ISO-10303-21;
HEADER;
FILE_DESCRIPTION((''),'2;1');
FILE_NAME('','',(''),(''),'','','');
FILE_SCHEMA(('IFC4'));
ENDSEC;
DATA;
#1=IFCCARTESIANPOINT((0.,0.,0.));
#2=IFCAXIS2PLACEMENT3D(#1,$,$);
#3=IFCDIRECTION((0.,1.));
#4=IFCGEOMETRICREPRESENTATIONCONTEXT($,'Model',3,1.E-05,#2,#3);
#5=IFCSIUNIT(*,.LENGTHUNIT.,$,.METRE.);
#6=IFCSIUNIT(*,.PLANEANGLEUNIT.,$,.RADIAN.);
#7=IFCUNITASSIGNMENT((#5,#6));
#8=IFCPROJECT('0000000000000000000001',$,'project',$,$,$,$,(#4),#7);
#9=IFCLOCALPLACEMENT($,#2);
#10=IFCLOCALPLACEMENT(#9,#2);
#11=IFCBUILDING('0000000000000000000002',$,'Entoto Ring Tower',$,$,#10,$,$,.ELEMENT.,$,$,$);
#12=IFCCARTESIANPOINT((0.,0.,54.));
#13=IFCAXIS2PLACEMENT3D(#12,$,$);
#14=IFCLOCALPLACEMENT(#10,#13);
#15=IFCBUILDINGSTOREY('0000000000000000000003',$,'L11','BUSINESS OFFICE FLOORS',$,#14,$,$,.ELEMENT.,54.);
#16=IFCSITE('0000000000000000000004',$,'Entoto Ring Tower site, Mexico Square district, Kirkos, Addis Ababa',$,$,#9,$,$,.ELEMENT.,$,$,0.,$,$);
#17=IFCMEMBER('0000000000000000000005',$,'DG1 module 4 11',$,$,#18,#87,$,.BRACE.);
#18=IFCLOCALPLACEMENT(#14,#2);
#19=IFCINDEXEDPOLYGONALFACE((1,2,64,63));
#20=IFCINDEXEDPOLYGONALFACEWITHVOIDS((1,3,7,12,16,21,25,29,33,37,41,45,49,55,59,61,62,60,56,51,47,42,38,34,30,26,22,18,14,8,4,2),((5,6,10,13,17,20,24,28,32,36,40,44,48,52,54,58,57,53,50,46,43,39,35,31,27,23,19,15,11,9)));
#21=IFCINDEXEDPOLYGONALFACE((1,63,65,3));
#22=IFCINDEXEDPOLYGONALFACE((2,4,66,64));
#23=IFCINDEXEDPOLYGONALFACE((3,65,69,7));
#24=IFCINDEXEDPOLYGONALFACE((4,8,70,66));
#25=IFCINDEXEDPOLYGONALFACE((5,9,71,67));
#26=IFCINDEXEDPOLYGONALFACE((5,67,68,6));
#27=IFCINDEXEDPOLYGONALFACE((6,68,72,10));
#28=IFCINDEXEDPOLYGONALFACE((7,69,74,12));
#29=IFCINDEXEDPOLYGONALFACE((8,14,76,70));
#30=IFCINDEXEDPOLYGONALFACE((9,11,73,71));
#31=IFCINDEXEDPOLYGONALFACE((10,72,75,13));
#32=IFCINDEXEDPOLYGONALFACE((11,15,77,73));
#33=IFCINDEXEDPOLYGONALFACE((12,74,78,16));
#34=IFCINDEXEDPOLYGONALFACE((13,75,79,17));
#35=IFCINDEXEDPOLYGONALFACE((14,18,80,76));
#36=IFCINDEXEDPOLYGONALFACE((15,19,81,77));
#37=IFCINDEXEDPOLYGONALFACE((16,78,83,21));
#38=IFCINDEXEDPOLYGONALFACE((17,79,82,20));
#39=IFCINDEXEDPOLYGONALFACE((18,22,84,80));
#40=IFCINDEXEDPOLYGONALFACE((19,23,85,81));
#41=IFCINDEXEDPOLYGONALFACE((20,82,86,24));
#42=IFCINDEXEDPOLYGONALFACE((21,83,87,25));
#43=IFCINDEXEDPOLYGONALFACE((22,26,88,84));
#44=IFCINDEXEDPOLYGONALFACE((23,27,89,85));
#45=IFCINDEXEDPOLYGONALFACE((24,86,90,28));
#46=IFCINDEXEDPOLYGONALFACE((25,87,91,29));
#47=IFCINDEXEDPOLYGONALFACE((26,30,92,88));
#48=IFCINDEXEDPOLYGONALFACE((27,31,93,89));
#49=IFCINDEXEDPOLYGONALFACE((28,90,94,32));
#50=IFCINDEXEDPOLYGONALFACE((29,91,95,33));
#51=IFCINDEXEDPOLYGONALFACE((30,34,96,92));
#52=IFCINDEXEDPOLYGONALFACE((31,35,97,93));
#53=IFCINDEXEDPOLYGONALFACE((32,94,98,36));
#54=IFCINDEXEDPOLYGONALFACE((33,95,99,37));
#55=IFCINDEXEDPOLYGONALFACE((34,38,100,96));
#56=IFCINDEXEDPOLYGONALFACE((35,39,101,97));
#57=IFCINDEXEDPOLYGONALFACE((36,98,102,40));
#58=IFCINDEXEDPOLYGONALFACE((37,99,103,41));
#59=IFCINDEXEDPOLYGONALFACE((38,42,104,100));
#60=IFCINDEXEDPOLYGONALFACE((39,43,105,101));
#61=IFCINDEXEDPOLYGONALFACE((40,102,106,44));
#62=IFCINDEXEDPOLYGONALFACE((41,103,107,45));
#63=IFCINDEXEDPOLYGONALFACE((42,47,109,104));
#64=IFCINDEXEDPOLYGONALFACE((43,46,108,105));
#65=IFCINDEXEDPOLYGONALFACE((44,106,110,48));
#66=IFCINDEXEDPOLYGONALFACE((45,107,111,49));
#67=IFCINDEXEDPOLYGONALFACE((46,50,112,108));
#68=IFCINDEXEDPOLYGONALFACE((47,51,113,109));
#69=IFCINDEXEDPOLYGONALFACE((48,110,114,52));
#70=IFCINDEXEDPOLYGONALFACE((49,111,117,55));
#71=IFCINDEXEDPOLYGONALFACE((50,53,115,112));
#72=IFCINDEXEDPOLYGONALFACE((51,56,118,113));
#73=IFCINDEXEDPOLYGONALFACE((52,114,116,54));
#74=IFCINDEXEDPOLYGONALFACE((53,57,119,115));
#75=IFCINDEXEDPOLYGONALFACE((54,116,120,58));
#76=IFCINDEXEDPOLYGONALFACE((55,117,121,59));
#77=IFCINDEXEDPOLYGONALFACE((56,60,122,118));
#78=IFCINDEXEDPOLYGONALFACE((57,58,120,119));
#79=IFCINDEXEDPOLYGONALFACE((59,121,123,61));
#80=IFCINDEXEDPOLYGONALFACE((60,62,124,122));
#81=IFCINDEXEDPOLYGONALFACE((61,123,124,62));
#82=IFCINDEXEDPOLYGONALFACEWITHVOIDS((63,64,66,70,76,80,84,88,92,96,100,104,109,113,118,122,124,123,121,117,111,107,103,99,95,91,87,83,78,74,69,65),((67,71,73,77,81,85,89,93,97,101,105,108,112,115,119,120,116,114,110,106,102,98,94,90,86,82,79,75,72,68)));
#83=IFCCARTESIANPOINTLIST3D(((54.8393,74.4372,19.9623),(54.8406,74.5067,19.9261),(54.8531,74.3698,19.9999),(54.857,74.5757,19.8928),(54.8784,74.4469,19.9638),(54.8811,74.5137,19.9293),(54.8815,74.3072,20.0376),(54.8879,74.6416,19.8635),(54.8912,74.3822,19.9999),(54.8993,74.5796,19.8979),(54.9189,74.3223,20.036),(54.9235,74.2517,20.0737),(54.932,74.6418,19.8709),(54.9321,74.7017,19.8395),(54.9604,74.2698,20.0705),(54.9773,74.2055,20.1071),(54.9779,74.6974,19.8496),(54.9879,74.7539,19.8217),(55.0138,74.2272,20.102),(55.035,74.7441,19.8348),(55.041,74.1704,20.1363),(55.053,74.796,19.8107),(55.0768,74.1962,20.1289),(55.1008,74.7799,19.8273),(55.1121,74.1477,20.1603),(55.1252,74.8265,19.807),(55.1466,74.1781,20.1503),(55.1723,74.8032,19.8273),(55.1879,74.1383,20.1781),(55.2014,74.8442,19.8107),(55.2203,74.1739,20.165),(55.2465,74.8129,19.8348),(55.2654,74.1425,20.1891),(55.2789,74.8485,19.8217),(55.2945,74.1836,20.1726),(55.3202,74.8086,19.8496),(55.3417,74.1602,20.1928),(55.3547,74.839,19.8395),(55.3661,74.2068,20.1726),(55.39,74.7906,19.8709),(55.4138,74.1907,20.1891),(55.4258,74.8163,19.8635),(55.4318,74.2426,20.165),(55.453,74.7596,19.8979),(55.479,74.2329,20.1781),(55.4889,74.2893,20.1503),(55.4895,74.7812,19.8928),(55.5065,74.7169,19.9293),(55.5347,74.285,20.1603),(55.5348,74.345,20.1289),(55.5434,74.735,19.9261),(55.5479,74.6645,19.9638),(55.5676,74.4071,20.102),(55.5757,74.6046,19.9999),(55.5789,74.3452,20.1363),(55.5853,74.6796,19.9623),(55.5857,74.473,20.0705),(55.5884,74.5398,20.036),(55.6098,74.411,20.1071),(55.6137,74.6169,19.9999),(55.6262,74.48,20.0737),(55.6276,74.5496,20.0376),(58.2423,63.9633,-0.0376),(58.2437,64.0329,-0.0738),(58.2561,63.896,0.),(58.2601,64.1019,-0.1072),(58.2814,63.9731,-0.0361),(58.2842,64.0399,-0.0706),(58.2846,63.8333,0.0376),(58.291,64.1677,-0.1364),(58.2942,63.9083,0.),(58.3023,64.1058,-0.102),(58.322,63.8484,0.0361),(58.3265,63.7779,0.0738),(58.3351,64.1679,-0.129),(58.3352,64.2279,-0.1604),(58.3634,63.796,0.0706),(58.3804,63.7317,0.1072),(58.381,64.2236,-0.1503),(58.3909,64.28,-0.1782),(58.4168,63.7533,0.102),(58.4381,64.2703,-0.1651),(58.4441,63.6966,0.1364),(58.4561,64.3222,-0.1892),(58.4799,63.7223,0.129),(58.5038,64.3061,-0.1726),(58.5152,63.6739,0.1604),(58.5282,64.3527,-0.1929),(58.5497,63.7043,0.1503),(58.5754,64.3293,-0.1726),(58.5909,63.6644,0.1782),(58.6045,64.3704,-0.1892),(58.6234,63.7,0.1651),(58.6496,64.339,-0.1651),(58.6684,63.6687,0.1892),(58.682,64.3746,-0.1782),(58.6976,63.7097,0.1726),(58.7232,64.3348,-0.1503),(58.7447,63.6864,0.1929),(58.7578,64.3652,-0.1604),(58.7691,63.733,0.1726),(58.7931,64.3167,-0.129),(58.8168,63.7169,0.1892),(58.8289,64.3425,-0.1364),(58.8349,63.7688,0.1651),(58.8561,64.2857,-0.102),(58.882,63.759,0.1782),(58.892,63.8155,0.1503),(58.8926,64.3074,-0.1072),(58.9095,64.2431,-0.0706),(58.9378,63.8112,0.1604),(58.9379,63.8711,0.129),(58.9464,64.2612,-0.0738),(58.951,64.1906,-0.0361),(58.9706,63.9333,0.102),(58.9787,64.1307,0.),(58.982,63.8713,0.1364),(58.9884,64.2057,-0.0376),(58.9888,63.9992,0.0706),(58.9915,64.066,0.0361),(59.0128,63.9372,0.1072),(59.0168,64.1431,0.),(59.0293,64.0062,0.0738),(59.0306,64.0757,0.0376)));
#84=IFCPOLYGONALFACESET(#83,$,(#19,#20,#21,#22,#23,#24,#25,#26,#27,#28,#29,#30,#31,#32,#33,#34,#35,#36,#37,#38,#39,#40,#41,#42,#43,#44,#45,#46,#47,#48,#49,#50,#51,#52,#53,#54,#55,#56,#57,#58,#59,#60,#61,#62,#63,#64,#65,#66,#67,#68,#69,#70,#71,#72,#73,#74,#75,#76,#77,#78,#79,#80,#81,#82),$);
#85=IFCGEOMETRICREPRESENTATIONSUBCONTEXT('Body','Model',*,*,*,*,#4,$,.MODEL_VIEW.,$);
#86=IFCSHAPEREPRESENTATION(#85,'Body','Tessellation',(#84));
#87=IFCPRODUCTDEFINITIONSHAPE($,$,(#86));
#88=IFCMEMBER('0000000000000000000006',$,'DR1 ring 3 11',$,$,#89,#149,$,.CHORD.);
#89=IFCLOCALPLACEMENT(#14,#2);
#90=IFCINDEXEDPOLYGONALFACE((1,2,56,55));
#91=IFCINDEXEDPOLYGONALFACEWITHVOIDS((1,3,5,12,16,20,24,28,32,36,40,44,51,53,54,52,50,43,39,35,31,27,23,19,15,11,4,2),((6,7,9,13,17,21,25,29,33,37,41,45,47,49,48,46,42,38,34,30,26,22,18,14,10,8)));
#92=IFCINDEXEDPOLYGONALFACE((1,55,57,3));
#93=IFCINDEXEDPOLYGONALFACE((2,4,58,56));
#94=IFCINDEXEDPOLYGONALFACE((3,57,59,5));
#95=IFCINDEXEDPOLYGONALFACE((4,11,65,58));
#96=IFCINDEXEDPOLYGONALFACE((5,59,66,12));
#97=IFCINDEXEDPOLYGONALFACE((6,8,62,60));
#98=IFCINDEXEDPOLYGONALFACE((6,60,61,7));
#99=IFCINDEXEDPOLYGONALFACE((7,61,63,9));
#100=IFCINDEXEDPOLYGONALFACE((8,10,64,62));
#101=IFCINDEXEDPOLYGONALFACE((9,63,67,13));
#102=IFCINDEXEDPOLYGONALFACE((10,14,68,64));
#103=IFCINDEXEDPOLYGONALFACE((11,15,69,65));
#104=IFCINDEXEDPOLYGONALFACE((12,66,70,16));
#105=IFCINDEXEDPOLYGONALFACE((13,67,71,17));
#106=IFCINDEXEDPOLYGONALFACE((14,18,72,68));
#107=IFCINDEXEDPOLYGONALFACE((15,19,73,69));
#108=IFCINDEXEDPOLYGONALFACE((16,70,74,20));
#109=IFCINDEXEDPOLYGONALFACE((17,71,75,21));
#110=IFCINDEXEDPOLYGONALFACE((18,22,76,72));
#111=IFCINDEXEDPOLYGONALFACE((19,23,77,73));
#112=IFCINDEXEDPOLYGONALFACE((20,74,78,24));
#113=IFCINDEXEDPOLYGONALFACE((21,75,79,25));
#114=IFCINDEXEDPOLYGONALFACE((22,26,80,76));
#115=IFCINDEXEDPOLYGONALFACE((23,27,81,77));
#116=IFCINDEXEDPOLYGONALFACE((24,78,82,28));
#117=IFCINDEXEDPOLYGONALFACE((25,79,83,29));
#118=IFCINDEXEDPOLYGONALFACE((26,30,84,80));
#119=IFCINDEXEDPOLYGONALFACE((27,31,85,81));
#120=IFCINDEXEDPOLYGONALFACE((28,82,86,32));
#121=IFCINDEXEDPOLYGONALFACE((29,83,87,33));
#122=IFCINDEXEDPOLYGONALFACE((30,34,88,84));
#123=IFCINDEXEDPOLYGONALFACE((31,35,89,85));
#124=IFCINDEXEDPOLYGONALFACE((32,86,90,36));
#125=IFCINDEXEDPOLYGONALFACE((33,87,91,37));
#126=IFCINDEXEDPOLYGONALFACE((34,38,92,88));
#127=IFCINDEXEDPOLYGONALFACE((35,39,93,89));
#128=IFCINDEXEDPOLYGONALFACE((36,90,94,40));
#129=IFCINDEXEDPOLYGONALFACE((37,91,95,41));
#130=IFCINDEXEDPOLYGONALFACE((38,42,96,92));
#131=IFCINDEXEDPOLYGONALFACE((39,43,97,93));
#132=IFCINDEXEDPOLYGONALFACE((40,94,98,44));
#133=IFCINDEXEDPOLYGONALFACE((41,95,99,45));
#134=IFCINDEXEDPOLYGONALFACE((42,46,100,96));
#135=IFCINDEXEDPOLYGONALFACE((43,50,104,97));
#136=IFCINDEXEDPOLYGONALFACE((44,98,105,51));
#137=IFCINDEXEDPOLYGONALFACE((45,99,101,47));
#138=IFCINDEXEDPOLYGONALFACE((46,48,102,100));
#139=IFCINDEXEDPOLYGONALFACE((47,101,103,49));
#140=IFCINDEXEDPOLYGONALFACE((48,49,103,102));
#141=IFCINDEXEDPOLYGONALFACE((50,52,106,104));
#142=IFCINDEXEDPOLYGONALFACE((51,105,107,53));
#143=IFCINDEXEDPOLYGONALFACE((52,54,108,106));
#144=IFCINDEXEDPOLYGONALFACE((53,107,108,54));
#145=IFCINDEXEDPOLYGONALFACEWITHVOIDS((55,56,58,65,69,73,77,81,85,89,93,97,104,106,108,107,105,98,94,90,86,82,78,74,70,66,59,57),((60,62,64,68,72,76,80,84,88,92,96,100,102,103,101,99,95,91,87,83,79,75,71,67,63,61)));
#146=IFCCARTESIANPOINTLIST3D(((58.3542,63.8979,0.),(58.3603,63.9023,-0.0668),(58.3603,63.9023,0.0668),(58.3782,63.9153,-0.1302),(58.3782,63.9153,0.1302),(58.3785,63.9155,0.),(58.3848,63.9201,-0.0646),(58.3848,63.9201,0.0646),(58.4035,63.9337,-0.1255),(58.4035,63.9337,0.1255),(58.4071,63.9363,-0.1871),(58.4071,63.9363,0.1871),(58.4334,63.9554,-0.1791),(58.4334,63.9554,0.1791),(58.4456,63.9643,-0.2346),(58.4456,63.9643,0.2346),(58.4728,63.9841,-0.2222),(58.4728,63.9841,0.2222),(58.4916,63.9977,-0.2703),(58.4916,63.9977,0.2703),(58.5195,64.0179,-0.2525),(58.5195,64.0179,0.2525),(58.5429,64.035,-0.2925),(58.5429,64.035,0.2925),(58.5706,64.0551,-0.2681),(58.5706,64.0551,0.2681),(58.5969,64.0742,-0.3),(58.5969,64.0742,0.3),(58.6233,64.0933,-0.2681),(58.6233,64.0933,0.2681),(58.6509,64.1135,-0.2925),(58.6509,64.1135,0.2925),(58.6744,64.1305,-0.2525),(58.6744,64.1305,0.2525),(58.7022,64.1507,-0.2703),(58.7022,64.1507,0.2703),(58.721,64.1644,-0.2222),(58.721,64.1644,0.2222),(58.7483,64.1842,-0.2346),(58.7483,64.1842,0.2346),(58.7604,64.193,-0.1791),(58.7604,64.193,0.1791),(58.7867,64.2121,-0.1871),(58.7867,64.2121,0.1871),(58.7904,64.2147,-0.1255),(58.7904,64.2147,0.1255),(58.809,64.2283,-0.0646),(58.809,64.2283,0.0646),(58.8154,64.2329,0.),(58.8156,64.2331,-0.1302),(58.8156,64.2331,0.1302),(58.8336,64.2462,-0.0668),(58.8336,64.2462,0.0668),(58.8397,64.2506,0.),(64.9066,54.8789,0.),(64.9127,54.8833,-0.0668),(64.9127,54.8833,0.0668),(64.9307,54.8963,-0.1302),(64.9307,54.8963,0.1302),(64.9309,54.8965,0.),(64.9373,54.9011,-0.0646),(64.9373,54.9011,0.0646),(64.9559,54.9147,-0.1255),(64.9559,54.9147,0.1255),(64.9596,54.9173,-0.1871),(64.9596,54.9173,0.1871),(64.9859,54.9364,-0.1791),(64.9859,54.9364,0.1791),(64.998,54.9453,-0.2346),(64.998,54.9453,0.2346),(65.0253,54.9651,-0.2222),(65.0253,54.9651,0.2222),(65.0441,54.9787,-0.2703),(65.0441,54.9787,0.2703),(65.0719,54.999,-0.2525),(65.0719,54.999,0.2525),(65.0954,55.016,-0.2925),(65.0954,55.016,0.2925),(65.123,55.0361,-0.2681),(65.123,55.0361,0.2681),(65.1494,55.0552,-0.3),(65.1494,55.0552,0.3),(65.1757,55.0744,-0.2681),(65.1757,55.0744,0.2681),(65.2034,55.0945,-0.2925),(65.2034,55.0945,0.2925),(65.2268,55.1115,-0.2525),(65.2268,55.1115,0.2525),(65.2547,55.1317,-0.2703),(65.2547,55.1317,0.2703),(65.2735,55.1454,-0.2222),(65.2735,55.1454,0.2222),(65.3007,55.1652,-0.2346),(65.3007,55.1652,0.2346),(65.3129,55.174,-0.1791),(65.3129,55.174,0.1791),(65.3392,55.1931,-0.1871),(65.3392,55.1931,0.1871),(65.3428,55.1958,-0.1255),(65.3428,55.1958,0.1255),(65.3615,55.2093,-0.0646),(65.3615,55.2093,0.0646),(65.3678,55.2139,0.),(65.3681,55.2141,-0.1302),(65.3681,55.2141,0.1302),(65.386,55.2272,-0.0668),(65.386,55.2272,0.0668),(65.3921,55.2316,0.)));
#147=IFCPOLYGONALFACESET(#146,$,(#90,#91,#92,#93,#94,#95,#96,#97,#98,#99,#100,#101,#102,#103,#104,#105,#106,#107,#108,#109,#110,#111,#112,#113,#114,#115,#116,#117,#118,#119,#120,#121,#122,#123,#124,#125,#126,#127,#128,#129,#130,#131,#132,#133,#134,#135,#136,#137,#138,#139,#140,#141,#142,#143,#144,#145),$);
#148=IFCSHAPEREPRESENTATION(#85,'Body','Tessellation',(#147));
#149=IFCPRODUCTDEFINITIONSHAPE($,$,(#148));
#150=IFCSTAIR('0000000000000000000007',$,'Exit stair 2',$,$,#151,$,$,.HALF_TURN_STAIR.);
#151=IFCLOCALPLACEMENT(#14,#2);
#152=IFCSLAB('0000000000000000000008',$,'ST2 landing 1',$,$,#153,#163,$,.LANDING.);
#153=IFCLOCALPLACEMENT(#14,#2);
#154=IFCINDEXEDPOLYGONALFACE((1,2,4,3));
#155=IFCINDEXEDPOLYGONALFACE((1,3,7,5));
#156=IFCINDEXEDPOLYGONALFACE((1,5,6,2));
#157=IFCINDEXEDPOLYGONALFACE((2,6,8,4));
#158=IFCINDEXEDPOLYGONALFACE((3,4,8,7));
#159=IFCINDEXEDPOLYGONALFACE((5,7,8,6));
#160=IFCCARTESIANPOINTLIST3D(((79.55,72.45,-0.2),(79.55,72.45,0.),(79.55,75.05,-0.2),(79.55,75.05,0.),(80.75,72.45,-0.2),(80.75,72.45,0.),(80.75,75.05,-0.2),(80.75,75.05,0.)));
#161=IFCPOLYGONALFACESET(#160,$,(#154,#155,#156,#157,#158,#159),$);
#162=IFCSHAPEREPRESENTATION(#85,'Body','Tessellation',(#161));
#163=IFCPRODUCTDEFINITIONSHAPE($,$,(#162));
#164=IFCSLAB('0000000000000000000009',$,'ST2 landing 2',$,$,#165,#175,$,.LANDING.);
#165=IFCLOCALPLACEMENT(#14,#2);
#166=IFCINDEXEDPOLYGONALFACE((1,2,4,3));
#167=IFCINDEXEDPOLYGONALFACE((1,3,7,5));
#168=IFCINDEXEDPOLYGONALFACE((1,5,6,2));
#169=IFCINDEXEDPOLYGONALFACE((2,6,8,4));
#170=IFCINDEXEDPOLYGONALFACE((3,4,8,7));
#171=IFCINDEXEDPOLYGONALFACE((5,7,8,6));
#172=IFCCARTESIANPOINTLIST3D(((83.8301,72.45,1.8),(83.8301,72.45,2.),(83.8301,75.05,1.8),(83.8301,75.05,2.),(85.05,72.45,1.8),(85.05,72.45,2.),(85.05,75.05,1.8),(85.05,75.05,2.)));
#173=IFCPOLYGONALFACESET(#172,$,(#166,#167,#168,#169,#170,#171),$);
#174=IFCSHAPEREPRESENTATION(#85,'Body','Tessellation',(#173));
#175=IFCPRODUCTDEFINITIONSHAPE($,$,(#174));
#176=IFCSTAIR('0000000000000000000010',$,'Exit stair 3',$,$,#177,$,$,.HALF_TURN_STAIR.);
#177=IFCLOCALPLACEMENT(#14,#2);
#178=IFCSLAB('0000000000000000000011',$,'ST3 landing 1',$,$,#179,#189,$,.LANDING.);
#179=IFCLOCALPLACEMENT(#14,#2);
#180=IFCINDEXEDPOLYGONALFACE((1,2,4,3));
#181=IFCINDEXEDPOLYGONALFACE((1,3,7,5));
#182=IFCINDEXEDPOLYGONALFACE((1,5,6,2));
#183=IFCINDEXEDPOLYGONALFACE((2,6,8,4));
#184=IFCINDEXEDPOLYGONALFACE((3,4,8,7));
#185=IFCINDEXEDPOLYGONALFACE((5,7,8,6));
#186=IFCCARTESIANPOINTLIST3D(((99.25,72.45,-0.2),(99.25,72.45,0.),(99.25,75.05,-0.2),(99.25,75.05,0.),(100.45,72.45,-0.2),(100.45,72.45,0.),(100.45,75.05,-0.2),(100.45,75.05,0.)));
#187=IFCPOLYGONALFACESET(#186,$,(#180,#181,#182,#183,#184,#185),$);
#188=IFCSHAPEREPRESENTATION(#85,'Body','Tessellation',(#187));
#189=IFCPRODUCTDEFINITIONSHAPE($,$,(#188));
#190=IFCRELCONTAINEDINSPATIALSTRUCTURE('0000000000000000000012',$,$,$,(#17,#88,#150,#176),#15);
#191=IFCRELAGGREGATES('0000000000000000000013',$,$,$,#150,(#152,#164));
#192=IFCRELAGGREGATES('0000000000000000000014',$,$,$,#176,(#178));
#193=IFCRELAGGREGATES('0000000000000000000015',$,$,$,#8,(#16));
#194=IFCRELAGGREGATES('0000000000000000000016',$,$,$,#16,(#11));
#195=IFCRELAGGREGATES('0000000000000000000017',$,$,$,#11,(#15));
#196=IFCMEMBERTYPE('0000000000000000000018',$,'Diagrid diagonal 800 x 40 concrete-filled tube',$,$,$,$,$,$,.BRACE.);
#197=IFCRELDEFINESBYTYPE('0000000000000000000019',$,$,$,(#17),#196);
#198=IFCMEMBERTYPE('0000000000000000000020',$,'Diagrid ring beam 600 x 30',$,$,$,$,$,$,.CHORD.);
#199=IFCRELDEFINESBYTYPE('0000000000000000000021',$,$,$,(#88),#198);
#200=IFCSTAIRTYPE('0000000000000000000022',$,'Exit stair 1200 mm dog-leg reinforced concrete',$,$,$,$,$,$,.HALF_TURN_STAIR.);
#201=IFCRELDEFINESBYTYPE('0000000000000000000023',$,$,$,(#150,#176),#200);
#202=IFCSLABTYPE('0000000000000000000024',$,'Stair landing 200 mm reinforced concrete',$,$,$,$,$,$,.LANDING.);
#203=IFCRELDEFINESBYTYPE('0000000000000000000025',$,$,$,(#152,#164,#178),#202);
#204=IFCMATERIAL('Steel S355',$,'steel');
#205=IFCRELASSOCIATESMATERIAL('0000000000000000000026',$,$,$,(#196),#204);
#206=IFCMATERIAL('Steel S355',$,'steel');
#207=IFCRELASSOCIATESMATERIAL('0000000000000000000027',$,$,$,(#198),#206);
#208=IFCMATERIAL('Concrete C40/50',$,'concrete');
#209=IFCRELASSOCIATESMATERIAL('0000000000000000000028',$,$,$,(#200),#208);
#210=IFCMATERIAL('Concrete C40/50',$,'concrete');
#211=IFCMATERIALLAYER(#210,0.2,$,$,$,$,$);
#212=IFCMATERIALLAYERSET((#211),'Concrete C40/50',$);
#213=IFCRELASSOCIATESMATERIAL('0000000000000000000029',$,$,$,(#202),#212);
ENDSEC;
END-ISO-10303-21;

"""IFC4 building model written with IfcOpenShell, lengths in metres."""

from ifc_helpers import new_model, si_unit, direction, frame, origin, origin_2d, place, context, subcontext, project, spatial, polyline, circle, hollow_circle, outline, extrude, material, layer, layer_set, material_profile, profile_set, type_object, element, aggregate, save


model = new_model("IFC4")

# Units and contexts
model_context = context("Model", 3, precision=1e-05, world=origin(), true_north=direction((0.0, 1.0)))
body_context = subcontext(model_context, "Body", "Model", "MODEL_VIEW")
ifc_project = project(units=[si_unit("LENGTHUNIT", "METRE"), si_unit("PLANEANGLEUNIT", "RADIAN")], contexts=[model_context])

# Site, building, storey
site_placement = place(None, origin())
site = spatial("IfcSite", under=ifc_project, at=site_placement, Name="Entoto Ring Tower site, Mexico Square district, Kirkos, Addis Ababa", CompositionType="ELEMENT", RefElevation=0.0)
building_placement = place(site_placement, origin())
building = spatial("IfcBuilding", under=site, at=building_placement, Name="Entoto Ring Tower", CompositionType="ELEMENT")
storey_placement = place(building_placement, frame((0.0, 0.0, 54.0)))
storey = spatial("IfcBuildingStorey", under=building, at=storey_placement, Name="L11", Description="BUSINESS OFFICE FLOORS", CompositionType="ELEMENT", Elevation=54.0)

# Members
ifc_material_1 = material(Name="Steel S355", Category="steel")
ifc_material_profile_1 = material_profile(ifc_material_1, hollow_circle(Radius=0.3999, WallThickness=0.04, at=origin_2d()), Name="CHS 800 x 40")
ifc_material_2 = material(Name="Concrete C60/75", Category="concrete")
ifc_material_profile_2 = material_profile(ifc_material_2, circle(Radius=0.3601, at=origin_2d()), Name="Concrete C60/75 infill")
ifc_profile_set_1 = profile_set([ifc_material_profile_1, ifc_material_profile_2], Name="Steel S355")
member_type_1 = type_object("IfcMemberType", Name="Diagrid diagonal 800 x 40 concrete-filled tube", PredefinedType="BRACE", material=ifc_profile_set_1)
member_1_placement = place(storey_placement, frame((58.6365, 64.0195, 0.0), z_axis=(-0.149051, 0.458744, 0.875978), x_axis=(-0.951059, -0.309009, 0.0)))
element("IfcMember", 1, at=member_1_placement, inside=storey, type_object=member_type_1, Name="DG1 module 4 11", PredefinedType="BRACE", context=body_context, shape_type="SweptSolid", body=[
    extrude(hollow_circle(Radius=0.3999, WallThickness=0.04, at=origin_2d()), origin(), (0.0, 0.0, 1.0), 22.8315),
])
ifc_material_3 = material(Name="Steel S355", Category="steel")
ifc_material_profile_3 = material_profile(ifc_material_3, hollow_circle(Radius=0.3, WallThickness=0.03, at=origin_2d()), Name="CHS 600 x 30")
ifc_material_4 = material(Name="Concrete C60/75", Category="concrete")
ifc_material_profile_4 = material_profile(ifc_material_4, circle(Radius=0.27, at=origin_2d()), Name="Concrete C60/75 infill")
ifc_profile_set_2 = profile_set([ifc_material_profile_3, ifc_material_profile_4], Name="Steel S355")
member_type_2 = type_object("IfcMemberType", Name="Diagrid ring beam 600 x 30", PredefinedType="CHORD", material=ifc_profile_set_2)
member_2_placement = place(storey_placement, frame((58.5969, 64.0742, 0.0), z_axis=(0.587772, -0.809027, 0.0), x_axis=(0.809027, 0.587772, 0.0)))
element("IfcMember", 2, at=member_2_placement, inside=storey, type_object=member_type_2, Name="DR1 ring 3 11", PredefinedType="CHORD", context=body_context, shape_type="SweptSolid", body=[
    extrude(hollow_circle(Radius=0.3, WallThickness=0.03, at=origin_2d()), origin(), (0.0, 0.0, 1.0), 11.1479),
])

# Stairs, slabs
ifc_material_5 = material(Name="Concrete C40/50", Category="concrete")
stair_type = type_object("IfcStairType", Name="Exit stair 1200 mm dog-leg reinforced concrete", PredefinedType="HALF_TURN_STAIR", material=ifc_material_5)
stair_1_placement = place(storey_placement, origin())
stair_1 = element("IfcStair", 3, at=stair_1_placement, inside=storey, type_object=stair_type, Name="Exit stair 2", PredefinedType="HALF_TURN_STAIR")
ifc_material_6 = material(Name="Concrete C40/50", Category="concrete")
ifc_layer_1 = layer(ifc_material_6, 0.2)
ifc_layer_set_1 = layer_set([ifc_layer_1], Name="Concrete C40/50")
slab_type_1 = type_object("IfcSlabType", Name="Stair landing 200 mm reinforced concrete", PredefinedType="LANDING", material=ifc_layer_set_1)
slab_1_placement = place(storey_placement, frame((0.0, 0.0, -0.2)))
slab_1 = element("IfcSlab", 4, at=slab_1_placement, type_object=slab_type_1, Name="ST2 landing 1", PredefinedType="LANDING", context=body_context, shape_type="SweptSolid", body=[
    extrude(outline(polyline([(80.75, 72.45), (80.75, 75.05), (79.55, 75.05), (79.55, 72.45), (80.75, 72.45)])), origin(), (0.0, 0.0, 1.0), 0.2),
])
slab_2_placement = place(storey_placement, frame((0.0, 0.0, 1.8)))
slab_2 = element("IfcSlab", 5, at=slab_2_placement, type_object=slab_type_1, Name="ST2 landing 2", PredefinedType="LANDING", context=body_context, shape_type="SweptSolid", body=[
    extrude(outline(polyline([(83.8301, 72.45), (85.05, 72.45), (85.05, 75.05), (83.8301, 75.05), (83.8301, 72.45)])), origin(), (0.0, 0.0, 1.0), 0.2),
])
aggregate(stair_1, [slab_1, slab_2])
stair_2_placement = place(storey_placement, origin())
stair_2 = element("IfcStair", 6, at=stair_2_placement, inside=storey, type_object=stair_type, Name="Exit stair 3", PredefinedType="HALF_TURN_STAIR")
slab_3_placement = place(storey_placement, frame((0.0, 0.0, -0.2)))
slab_3 = element("IfcSlab", 7, at=slab_3_placement, type_object=slab_type_1, Name="ST3 landing 1", PredefinedType="LANDING", context=body_context, shape_type="SweptSolid", body=[
    extrude(outline(polyline([(100.45, 72.45), (100.45, 75.05), (99.25, 75.05), (99.25, 72.45), (100.45, 72.45)])), origin(), (0.0, 0.0, 1.0), 0.2),
])
aggregate(stair_2, [slab_3])

save(model, "model.ifc")
